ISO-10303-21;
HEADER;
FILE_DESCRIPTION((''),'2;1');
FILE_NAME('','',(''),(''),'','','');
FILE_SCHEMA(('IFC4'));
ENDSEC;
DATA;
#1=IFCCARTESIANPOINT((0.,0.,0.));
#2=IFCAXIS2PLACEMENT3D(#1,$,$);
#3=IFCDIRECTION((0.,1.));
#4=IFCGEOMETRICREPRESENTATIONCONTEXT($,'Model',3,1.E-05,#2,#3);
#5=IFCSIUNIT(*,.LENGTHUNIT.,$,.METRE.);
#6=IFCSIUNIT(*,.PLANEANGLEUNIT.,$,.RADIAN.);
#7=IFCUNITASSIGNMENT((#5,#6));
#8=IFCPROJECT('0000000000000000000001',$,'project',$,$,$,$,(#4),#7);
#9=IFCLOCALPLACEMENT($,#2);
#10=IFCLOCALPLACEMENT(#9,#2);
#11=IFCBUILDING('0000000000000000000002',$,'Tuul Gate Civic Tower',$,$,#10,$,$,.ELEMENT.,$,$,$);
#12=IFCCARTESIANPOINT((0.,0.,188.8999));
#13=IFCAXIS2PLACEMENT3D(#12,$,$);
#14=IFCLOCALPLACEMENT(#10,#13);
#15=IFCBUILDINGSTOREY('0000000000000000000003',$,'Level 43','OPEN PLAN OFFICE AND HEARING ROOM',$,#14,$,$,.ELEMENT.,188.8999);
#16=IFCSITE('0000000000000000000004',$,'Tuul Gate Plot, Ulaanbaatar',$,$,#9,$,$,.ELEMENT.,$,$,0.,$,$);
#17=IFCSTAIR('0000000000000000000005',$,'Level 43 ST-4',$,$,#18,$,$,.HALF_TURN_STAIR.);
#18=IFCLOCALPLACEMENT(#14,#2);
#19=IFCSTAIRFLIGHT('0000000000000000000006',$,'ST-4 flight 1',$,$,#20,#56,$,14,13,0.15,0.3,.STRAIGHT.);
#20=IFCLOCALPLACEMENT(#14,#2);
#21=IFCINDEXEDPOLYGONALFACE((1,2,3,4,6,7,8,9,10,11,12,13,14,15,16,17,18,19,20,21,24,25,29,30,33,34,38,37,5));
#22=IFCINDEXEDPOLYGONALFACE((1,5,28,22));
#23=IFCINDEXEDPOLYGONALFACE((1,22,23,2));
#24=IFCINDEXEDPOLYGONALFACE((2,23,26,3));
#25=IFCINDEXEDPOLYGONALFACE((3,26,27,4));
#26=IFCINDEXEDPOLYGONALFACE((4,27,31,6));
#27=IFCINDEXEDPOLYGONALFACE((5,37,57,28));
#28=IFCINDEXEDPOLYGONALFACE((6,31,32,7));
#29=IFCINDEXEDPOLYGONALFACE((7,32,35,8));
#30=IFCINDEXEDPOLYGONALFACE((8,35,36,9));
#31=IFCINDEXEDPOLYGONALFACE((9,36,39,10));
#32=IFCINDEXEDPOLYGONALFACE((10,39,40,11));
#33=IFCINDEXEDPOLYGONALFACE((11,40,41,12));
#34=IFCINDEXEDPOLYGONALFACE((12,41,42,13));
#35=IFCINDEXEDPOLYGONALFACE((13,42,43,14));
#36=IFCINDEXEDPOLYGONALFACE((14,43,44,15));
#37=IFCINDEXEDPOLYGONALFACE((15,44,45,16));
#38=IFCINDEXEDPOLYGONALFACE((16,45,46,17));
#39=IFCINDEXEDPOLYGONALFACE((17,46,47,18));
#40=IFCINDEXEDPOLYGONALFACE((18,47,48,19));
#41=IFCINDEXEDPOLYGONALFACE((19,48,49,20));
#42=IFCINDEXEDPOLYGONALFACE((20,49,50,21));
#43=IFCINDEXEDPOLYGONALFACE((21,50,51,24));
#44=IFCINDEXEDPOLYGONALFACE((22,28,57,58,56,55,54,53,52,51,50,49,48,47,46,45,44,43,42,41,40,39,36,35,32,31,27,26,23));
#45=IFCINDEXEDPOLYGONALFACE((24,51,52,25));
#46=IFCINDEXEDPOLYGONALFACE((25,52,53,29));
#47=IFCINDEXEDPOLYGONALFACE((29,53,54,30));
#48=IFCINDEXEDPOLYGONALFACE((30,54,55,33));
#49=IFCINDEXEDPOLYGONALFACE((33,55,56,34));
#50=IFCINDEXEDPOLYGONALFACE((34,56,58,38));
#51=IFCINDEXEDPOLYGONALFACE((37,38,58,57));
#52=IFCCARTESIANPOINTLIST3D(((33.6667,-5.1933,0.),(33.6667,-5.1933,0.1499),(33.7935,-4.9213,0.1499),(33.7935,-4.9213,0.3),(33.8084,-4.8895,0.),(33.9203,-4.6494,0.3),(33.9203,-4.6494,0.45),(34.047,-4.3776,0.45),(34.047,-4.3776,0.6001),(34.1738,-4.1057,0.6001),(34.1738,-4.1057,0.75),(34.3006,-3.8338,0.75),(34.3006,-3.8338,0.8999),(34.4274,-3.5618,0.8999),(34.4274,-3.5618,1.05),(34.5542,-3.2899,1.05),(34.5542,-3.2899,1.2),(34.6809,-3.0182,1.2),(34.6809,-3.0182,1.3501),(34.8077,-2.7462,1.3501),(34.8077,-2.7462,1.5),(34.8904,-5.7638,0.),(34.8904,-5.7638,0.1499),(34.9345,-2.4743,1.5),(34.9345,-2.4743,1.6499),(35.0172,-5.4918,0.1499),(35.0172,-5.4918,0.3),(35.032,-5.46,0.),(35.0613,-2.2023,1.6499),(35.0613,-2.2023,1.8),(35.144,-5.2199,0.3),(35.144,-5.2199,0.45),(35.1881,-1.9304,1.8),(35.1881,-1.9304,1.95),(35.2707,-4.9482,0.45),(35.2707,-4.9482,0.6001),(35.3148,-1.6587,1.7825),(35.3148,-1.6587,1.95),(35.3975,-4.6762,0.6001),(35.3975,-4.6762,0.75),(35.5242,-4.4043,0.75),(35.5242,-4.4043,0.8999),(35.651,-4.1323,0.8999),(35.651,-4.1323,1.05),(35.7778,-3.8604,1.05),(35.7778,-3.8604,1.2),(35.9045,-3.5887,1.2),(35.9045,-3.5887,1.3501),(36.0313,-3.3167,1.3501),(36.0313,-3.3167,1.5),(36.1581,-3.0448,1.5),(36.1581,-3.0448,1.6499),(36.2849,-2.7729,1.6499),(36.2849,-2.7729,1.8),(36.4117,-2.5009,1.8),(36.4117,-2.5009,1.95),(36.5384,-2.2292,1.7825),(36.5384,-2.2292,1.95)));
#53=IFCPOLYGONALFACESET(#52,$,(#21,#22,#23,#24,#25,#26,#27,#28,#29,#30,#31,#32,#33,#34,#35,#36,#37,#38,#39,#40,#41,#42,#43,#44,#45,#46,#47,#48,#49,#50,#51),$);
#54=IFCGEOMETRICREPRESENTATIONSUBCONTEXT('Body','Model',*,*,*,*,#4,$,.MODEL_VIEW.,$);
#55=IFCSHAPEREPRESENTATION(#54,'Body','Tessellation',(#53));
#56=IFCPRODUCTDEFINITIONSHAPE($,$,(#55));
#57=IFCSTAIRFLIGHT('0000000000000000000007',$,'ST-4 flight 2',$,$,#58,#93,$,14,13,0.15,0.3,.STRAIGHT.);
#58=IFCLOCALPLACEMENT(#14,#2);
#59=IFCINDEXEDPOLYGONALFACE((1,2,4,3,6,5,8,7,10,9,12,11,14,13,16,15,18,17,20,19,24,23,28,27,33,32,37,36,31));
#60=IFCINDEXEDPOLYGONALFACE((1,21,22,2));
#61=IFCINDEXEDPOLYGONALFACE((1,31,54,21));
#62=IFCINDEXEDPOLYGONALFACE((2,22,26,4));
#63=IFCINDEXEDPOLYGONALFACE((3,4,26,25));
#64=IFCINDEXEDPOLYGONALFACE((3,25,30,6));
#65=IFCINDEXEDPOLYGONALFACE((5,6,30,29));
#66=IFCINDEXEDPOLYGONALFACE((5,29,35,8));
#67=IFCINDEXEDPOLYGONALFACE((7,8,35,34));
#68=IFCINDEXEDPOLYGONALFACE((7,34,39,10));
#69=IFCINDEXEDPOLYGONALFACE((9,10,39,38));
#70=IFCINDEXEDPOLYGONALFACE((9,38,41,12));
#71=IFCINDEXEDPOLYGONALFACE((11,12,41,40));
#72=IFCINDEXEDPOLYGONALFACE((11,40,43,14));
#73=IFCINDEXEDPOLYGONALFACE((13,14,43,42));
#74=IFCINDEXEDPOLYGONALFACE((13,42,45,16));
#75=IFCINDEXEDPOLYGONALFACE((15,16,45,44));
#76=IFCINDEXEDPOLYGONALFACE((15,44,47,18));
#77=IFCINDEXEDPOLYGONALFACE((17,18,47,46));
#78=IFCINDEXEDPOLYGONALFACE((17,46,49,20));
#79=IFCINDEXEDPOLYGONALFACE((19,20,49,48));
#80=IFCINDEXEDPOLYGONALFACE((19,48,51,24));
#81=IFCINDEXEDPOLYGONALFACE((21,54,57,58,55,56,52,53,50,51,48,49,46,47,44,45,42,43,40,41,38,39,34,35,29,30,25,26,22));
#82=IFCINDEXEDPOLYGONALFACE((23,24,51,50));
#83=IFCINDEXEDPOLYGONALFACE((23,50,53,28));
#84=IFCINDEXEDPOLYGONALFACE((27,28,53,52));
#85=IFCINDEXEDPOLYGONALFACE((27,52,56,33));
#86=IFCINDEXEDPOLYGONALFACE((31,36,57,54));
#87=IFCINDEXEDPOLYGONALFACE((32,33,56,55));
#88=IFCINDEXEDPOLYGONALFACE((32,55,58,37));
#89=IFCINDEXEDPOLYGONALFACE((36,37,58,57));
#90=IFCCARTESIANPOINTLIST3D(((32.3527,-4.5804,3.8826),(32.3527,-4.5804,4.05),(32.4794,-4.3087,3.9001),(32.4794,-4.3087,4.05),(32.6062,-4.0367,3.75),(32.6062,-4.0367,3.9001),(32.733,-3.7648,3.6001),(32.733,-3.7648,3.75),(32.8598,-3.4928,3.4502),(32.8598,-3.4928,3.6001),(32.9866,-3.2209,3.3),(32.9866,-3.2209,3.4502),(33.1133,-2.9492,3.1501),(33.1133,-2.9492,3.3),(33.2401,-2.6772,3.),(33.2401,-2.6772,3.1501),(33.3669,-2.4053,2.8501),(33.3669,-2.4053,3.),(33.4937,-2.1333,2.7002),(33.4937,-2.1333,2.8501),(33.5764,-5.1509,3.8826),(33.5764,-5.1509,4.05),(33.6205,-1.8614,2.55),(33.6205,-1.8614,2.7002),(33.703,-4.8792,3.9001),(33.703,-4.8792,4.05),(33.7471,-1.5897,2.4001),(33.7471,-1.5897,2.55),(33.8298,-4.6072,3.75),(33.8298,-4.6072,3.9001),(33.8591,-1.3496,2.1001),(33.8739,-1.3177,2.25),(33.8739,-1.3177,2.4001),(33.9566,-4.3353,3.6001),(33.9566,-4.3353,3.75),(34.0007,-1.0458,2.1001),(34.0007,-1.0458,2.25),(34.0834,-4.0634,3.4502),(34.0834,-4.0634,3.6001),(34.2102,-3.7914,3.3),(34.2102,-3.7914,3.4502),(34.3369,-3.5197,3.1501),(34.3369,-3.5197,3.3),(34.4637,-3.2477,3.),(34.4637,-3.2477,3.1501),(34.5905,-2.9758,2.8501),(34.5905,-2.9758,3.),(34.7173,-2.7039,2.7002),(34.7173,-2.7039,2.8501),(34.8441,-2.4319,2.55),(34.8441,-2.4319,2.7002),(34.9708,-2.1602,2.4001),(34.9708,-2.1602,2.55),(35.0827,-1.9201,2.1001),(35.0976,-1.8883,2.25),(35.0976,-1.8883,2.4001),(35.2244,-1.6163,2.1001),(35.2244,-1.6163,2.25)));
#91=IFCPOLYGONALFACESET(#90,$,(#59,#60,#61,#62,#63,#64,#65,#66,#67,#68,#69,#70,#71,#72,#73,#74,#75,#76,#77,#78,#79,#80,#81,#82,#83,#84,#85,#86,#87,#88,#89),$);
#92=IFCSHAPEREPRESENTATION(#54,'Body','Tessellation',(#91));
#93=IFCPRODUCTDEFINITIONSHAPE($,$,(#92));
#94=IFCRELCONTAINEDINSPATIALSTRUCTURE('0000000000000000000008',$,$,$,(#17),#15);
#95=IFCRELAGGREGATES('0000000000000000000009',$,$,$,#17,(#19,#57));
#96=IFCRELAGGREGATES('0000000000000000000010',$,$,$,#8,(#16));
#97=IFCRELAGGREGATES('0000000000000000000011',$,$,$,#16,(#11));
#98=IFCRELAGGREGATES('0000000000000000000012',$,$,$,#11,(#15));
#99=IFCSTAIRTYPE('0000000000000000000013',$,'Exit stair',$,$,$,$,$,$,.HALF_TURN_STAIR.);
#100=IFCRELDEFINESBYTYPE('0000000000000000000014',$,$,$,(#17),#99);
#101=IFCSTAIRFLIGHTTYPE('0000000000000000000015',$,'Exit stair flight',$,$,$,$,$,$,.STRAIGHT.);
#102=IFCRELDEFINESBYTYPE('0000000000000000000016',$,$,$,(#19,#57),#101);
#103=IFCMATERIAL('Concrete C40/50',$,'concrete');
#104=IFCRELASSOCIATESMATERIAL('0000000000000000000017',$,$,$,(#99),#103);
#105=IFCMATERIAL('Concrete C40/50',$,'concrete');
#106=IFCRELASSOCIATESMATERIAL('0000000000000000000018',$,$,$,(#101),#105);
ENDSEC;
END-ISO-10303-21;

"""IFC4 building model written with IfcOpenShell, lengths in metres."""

from ifc_helpers import new_model, si_unit, direction, frame, origin, place, context, subcontext, project, spatial, polyline, outline, extrude, material, type_object, element, aggregate, save


model = new_model("IFC4")

# Units and contexts
model_context = context("Model", 3, precision=1e-05, world=origin(), true_north=direction((0.0, 1.0)))
body_context = subcontext(model_context, "Body", "Model", "MODEL_VIEW")
ifc_project = project(units=[si_unit("LENGTHUNIT", "METRE"), si_unit("PLANEANGLEUNIT", "RADIAN")], contexts=[model_context])

# Site, building, storey
site_placement = place(None, origin())
site = spatial("IfcSite", under=ifc_project, at=site_placement, Name="Tuul Gate Plot, Ulaanbaatar", CompositionType="ELEMENT", RefElevation=0.0)
building_placement = place(site_placement, origin())
building = spatial("IfcBuilding", under=site, at=building_placement, Name="Tuul Gate Civic Tower", CompositionType="ELEMENT")
storey_placement = place(building_placement, frame((0.0, 0.0, 188.8999)))
storey = spatial("IfcBuildingStorey", under=building, at=storey_placement, Name="Level 43", Description="OPEN PLAN OFFICE AND HEARING ROOM", CompositionType="ELEMENT", Elevation=188.8999)

# Stair, stair flights
ifc_material_1 = material(Name="Concrete C40/50", Category="concrete")
stair_type = type_object("IfcStairType", Name="Exit stair", PredefinedType="HALF_TURN_STAIR", material=ifc_material_1)
stair_placement = place(storey_placement, origin())
stair = element("IfcStair", 1, at=stair_placement, inside=storey, type_object=stair_type, Name="Level 43 ST-4", PredefinedType="HALF_TURN_STAIR")
ifc_material_2 = material(Name="Concrete C40/50", Category="concrete")
stair_flight_type = type_object("IfcStairFlightType", Name="Exit stair flight", PredefinedType="STRAIGHT", material=ifc_material_2)
stair_flight_1_placement = place(storey_placement, frame((34.2786, -5.4785, 0.0), z_axis=(0.0, 0.0, 1.0), x_axis=(0.422576, 0.906327, 0.0)))
stair_flight_1 = element("IfcStairFlight", 2, at=stair_flight_1_placement, type_object=stair_flight_type, Name="ST-4 flight 1", NumberOfRisers=14, NumberOfTreads=13, PredefinedType="STRAIGHT", RiserHeight=0.15, TreadLength=0.3, context=body_context, shape_type="SweptSolid", body=[
    extrude(outline(polyline([(0.0, 0.0), (0.0, 0.1499), (0.3, 0.1499), (0.3, 0.3), (0.6001, 0.3), (0.6001, 0.45), (0.8999, 0.45), (0.8999, 0.6001), (1.2, 0.6001), (1.2, 0.75), (1.5, 0.75), (1.5, 0.8999), (1.8, 0.8999), (1.8, 1.05), (2.1001, 1.05), (2.1001, 1.2), (2.3999, 1.2), (2.3999, 1.3501), (2.7, 1.3501), (2.7, 1.5), (3.0, 1.5), (3.0, 1.6499), (3.3, 1.6499), (3.3, 1.8), (3.6001, 1.8), (3.6001, 1.95), (3.8999, 1.95), (3.8999, 2.1001), (3.8999, 1.7825), (0.3352, 0.0), (0.0, 0.0)])), frame((0.0, 0.675, 0.0), z_axis=(0.0, -1.0, 0.0), x_axis=(1.0, 0.0, 0.0)), (0.0, 0.0, 1.0), 1.3501),
])
stair_flight_2_placement = place(storey_placement, frame((34.6125, -1.3311, 2.1001), z_axis=(0.0, 0.0, 1.0), x_axis=(-0.422576, -0.906327, 0.0)))
stair_flight_2 = element("IfcStairFlight", 3, at=stair_flight_2_placement, type_object=stair_flight_type, Name="ST-4 flight 2", NumberOfRisers=14, NumberOfTreads=13, PredefinedType="STRAIGHT", RiserHeight=0.15, TreadLength=0.3, context=body_context, shape_type="SweptSolid", body=[
    extrude(outline(polyline([(0.0, 0.0), (0.0, 0.1499), (0.3, 0.1499), (0.3, 0.3), (0.6001, 0.3), (0.6001, 0.45), (0.8999, 0.45), (0.8999, 0.6001), (1.2, 0.6001), (1.2, 0.75), (1.5, 0.75), (1.5, 0.8999), (1.8, 0.8999), (1.8, 1.05), (2.1001, 1.05), (2.1001, 1.2), (2.3999, 1.2), (2.3999, 1.3501), (2.7, 1.3501), (2.7, 1.5), (3.0, 1.5), (3.0, 1.6499), (3.3, 1.6499), (3.3, 1.8), (3.6001, 1.8), (3.6001, 1.95), (3.8999, 1.95), (3.8999, 2.1001), (3.8999, 1.7825), (0.3352, 0.0), (0.0, 0.0)])), frame((0.0, 0.675, 0.0), z_axis=(0.0, -1.0, 0.0), x_axis=(1.0, 0.0, 0.0)), (0.0, 0.0, 1.0), 1.3501),
])
aggregate(stair, [stair_flight_1, stair_flight_2])

save(model, "model.ifc")
